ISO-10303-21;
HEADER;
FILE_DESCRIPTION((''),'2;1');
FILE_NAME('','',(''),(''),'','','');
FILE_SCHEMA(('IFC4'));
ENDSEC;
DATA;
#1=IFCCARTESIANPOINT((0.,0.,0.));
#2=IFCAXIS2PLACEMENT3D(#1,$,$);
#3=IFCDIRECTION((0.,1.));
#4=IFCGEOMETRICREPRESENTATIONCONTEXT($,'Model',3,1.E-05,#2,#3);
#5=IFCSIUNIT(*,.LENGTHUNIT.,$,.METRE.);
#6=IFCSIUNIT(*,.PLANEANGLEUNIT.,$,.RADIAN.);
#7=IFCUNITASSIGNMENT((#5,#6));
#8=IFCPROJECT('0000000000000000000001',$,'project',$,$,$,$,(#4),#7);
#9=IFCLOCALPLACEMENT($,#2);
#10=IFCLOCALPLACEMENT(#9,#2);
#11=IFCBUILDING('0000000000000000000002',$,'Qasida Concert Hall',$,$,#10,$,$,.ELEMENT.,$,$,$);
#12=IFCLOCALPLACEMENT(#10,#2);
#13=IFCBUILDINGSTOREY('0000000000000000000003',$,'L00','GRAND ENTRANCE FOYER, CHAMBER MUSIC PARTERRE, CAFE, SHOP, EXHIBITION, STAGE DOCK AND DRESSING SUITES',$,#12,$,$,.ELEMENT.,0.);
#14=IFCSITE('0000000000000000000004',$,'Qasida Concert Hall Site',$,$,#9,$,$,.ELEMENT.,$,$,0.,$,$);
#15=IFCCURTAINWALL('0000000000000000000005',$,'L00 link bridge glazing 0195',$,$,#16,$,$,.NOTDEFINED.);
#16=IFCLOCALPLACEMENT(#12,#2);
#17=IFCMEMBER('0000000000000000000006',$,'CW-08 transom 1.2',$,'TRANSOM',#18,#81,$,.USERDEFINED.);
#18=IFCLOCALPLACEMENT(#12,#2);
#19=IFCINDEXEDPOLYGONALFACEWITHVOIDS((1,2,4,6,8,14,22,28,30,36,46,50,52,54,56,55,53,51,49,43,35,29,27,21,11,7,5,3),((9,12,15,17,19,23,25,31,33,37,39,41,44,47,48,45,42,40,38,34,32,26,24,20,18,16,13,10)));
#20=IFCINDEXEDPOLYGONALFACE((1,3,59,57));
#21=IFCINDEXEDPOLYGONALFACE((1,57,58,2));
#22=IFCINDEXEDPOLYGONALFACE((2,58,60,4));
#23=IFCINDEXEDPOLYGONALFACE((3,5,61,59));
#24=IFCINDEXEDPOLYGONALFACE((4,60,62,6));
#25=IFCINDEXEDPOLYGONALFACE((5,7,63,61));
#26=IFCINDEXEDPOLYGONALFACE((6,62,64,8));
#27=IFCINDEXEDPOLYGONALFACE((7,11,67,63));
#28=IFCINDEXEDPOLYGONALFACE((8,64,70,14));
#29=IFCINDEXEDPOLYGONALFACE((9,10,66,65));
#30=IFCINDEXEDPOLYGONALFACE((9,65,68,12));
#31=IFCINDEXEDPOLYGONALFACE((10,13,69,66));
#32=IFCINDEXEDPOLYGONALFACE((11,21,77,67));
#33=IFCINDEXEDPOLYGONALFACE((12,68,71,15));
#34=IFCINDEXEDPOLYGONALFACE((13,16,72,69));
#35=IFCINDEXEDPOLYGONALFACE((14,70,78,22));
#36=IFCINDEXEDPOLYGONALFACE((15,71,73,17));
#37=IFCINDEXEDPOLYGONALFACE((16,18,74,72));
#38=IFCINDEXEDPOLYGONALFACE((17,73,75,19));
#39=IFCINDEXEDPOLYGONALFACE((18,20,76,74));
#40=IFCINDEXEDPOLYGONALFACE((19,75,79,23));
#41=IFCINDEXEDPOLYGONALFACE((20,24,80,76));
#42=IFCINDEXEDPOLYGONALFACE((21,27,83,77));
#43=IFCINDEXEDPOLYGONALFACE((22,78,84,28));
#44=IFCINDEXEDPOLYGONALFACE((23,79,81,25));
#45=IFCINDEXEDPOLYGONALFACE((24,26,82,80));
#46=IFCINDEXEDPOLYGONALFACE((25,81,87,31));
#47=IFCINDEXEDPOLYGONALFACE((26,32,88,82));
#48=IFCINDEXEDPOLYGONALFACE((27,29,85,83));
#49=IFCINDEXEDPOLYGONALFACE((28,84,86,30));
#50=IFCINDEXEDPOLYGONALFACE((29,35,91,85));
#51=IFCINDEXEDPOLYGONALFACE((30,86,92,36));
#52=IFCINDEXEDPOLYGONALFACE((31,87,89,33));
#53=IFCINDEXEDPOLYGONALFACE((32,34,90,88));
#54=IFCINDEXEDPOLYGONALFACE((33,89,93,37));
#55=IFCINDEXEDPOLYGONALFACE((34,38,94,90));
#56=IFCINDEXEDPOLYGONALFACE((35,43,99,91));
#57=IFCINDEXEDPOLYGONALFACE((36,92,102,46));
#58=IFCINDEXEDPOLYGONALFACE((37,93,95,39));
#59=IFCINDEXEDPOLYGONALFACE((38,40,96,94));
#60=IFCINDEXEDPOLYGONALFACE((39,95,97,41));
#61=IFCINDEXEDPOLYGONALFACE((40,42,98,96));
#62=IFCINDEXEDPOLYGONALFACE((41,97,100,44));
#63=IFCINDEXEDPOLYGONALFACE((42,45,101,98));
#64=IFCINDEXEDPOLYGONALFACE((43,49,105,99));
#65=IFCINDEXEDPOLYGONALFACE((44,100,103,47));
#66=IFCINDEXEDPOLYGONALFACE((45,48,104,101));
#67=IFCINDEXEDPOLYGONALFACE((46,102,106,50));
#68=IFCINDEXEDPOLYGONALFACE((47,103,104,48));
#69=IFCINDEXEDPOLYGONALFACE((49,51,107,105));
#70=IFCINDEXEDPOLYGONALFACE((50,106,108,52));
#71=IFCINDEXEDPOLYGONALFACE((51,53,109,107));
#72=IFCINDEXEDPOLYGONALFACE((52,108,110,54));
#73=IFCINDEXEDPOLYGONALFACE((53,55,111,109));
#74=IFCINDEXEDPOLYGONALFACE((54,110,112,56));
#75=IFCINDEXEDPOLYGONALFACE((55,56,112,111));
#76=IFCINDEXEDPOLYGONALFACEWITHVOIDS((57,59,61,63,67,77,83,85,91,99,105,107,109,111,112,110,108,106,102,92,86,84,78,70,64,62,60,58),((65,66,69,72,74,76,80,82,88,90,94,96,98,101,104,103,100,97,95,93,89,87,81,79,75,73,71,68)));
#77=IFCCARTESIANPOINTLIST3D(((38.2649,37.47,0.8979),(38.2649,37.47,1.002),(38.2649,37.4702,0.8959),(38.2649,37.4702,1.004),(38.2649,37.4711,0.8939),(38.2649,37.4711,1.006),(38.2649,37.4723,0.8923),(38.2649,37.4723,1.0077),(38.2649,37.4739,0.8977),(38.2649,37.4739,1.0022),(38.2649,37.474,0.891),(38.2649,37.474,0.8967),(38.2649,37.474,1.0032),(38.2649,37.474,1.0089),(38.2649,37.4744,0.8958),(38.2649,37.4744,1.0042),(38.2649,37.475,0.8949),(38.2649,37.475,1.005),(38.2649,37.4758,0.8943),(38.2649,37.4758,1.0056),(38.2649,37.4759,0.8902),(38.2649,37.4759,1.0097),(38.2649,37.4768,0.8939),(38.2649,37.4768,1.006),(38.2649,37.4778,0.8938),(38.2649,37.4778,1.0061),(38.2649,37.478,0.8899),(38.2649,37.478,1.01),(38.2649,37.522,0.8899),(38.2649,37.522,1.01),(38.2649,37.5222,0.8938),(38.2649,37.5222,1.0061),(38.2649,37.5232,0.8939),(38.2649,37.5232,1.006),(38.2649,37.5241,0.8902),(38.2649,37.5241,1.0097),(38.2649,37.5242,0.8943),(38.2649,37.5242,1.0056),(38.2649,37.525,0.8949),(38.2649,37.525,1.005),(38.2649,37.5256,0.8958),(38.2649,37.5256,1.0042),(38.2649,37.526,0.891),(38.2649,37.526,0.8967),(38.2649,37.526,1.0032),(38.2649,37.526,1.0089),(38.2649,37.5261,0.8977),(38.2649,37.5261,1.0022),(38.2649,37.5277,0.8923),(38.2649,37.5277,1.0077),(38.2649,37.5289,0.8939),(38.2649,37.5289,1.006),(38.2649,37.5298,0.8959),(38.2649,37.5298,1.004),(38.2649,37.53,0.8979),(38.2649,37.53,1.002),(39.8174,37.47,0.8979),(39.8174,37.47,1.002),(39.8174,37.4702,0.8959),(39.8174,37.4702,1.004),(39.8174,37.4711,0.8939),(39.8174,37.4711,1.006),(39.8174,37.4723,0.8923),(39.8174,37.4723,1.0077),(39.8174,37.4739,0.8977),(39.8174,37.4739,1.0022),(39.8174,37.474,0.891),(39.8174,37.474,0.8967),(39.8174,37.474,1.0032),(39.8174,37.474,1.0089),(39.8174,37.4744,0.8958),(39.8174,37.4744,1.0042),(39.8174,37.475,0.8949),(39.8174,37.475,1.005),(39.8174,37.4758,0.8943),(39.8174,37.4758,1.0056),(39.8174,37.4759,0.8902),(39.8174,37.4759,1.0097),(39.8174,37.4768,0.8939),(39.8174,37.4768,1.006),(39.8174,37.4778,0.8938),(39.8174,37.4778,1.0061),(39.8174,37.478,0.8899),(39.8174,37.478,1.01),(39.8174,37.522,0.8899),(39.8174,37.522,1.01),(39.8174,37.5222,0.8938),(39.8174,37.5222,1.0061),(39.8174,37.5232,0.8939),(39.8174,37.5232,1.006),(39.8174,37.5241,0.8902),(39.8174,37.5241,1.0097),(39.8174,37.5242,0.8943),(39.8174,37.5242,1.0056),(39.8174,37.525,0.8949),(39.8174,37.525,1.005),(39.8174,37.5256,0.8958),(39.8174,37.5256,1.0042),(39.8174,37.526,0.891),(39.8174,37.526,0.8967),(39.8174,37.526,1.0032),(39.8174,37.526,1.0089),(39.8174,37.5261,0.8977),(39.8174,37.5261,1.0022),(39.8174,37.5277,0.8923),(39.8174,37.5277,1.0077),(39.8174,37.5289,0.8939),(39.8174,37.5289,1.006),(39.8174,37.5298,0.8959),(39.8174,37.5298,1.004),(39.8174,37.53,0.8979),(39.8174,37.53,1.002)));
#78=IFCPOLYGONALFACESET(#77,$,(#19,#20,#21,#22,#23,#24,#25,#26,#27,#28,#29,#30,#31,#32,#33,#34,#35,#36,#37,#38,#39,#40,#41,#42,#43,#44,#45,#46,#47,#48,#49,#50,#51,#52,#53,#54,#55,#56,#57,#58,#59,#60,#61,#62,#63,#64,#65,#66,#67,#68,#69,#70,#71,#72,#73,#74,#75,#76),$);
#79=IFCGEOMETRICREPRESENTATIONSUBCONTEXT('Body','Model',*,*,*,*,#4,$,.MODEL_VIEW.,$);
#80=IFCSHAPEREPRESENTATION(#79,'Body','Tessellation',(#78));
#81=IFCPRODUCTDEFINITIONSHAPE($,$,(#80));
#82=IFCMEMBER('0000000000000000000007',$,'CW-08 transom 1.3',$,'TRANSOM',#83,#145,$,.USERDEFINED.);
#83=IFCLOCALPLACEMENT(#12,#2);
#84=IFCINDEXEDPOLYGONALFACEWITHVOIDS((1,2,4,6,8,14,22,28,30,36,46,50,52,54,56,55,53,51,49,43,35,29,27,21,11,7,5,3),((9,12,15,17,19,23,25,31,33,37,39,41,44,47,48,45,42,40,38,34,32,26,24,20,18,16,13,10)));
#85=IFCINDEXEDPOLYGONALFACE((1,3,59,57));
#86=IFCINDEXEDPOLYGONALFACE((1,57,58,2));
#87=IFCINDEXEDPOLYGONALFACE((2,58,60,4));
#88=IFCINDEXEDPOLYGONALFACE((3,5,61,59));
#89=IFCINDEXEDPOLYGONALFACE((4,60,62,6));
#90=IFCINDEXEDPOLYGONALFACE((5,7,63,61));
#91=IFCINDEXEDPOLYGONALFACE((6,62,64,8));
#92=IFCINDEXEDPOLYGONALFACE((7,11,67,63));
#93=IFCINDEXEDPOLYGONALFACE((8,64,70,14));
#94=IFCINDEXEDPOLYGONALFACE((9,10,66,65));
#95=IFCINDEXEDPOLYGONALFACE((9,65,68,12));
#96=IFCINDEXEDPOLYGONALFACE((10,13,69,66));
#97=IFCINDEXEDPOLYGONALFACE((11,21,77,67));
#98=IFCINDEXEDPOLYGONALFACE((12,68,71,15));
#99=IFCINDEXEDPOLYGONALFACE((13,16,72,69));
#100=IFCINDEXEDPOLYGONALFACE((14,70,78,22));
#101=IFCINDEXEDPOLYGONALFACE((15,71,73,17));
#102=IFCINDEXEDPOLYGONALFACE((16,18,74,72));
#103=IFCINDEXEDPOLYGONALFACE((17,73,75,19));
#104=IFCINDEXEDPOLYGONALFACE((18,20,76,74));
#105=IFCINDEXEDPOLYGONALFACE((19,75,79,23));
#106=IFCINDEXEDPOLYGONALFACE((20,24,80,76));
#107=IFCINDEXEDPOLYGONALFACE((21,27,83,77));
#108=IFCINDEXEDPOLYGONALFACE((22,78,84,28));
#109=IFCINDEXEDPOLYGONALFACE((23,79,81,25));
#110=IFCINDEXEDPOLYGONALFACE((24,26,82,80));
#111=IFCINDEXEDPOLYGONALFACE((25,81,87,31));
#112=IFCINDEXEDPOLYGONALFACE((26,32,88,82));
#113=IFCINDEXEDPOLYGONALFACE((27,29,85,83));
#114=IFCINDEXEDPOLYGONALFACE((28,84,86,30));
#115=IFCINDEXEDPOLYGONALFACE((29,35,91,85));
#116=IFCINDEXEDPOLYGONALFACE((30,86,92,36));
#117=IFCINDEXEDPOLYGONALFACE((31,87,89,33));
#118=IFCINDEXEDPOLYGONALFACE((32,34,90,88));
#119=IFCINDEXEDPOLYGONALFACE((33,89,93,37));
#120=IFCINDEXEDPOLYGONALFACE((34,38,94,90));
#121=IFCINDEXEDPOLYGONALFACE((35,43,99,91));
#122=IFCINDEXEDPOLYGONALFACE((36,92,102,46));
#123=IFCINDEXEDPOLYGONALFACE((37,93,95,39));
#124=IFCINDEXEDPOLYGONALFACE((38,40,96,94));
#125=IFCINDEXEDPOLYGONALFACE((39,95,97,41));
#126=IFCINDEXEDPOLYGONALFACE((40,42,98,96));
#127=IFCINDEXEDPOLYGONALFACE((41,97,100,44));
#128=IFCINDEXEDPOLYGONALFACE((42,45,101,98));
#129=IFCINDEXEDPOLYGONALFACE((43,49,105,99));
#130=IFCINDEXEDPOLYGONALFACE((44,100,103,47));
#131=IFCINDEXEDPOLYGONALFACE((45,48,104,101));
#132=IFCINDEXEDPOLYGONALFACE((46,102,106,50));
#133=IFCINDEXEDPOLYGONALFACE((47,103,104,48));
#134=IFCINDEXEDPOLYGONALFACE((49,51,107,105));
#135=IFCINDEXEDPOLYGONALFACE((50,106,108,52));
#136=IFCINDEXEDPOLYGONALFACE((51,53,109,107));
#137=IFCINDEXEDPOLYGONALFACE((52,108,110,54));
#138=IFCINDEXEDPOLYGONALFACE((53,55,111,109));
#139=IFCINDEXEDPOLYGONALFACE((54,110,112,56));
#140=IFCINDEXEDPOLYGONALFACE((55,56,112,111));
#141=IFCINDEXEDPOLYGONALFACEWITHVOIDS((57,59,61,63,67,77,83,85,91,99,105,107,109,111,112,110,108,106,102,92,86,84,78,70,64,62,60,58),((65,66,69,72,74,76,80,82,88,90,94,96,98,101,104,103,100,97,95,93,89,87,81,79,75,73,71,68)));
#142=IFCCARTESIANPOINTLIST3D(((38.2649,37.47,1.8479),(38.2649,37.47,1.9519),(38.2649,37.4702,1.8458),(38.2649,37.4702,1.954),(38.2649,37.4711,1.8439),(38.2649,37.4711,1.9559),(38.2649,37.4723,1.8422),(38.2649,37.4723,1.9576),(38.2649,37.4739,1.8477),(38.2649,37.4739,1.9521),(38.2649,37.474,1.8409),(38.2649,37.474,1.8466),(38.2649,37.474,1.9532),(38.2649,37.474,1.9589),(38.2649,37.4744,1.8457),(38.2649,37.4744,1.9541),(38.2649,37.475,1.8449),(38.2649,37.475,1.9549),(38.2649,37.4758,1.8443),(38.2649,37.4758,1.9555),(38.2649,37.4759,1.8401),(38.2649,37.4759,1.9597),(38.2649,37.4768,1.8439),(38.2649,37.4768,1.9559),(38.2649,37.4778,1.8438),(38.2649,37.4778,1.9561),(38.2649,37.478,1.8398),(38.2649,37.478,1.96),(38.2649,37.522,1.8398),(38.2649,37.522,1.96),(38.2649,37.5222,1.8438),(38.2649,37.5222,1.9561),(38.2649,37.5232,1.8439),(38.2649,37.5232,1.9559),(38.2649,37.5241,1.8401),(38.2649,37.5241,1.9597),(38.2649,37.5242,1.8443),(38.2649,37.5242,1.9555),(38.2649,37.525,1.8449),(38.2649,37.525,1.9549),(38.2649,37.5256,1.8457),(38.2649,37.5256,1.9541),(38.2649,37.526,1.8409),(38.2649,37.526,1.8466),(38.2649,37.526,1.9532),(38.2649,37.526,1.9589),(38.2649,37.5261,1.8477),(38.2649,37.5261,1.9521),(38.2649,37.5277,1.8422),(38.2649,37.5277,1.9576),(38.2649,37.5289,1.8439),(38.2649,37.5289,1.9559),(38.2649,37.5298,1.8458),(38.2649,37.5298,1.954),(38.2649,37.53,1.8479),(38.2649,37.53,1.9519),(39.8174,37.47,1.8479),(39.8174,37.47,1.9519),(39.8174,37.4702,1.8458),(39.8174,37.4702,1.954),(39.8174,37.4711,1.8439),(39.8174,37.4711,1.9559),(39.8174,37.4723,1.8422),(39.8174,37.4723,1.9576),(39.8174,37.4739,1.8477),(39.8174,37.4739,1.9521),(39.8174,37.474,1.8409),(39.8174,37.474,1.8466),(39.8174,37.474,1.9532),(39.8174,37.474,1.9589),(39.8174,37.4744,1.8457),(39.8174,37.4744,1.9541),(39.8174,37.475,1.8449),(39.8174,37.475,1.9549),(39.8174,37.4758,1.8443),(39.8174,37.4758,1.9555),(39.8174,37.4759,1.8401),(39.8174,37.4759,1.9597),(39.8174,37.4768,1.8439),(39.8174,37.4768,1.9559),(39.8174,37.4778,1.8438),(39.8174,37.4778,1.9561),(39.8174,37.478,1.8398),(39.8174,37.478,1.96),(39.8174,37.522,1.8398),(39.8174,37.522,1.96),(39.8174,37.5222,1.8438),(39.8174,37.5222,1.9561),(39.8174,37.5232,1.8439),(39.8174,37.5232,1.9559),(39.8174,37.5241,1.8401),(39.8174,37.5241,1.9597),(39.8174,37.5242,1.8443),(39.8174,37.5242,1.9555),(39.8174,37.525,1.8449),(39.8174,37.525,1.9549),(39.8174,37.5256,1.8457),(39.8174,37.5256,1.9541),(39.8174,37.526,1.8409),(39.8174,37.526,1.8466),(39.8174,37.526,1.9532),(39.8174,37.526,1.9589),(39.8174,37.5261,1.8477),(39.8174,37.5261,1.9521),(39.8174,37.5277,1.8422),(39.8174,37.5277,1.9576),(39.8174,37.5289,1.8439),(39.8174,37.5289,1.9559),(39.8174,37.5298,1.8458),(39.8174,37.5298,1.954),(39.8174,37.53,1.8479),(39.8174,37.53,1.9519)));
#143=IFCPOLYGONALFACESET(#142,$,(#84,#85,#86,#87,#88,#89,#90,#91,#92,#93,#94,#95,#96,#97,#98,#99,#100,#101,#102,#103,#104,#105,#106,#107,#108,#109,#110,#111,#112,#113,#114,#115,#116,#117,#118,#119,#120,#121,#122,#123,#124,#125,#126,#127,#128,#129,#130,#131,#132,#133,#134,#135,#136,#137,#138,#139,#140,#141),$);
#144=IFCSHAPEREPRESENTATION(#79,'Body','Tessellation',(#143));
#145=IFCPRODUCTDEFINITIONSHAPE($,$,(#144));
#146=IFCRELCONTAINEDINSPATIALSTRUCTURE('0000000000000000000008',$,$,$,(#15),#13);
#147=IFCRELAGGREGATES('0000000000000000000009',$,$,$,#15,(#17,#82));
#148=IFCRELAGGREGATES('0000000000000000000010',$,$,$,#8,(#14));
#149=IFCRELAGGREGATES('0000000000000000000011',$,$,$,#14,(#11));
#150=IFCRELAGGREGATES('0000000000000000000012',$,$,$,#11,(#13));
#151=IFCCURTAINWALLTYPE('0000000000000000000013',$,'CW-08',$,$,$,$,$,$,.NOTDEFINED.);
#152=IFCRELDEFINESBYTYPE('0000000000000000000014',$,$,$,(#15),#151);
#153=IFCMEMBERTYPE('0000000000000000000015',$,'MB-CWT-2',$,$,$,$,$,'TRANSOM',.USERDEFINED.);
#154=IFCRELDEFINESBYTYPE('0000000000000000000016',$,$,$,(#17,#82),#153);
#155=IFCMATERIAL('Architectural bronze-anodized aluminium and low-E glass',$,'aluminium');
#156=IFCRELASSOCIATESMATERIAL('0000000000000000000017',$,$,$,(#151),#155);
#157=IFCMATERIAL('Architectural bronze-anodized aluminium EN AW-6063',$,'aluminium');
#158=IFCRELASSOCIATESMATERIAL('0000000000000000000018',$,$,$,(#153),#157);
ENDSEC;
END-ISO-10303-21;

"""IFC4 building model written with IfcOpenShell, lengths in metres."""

from ifc_helpers import new_model, si_unit, direction, frame, origin, origin_2d, place, context, subcontext, project, spatial, hollow_rectangle, extrude, material, material_profile, profile_set, type_object, element, aggregate, save


model = new_model("IFC4")

# Units and contexts
model_context = context("Model", 3, precision=1e-05, world=origin(), true_north=direction((0.0, 1.0)))
body_context = subcontext(model_context, "Body", "Model", "MODEL_VIEW")
ifc_project = project(units=[si_unit("LENGTHUNIT", "METRE"), si_unit("PLANEANGLEUNIT", "RADIAN")], contexts=[model_context])

# Site, building, storey
site_placement = place(None, origin())
site = spatial("IfcSite", under=ifc_project, at=site_placement, Name="Qasida Concert Hall Site", CompositionType="ELEMENT", RefElevation=0.0)
building_placement = place(site_placement, origin())
building = spatial("IfcBuilding", under=site, at=building_placement, Name="Qasida Concert Hall", CompositionType="ELEMENT")
storey_placement = place(building_placement, origin())
storey = spatial("IfcBuildingStorey", under=building, at=storey_placement, Name="L00", Description="GRAND ENTRANCE FOYER, CHAMBER MUSIC PARTERRE, CAFE, SHOP, EXHIBITION, STAGE DOCK AND DRESSING SUITES", CompositionType="ELEMENT", Elevation=0.0)

# Shared definitions
ifc_material_1 = material(Name="Architectural bronze-anodized aluminium and low-E glass", Category="aluminium")
ifc_material_2 = material(Name="Architectural bronze-anodized aluminium EN AW-6063", Category="aluminium")

# Curtain wall
curtain_wall_type_1 = type_object("IfcCurtainWallType", Name="CW-08", PredefinedType="NOTDEFINED", material=ifc_material_1)
curtain_wall_1_placement = place(storey_placement, origin())
curtain_wall_1 = element("IfcCurtainWall", 1, at=curtain_wall_1_placement, inside=storey, type_object=curtain_wall_type_1, Name="L00 link bridge glazing 0195", PredefinedType="NOTDEFINED")

# Members
ifc_material_profile_1 = material_profile(ifc_material_2, hollow_rectangle(XDim=0.0601, YDim=0.1201, WallThickness=0.0039, InnerFilletRadius=0.0039, OuterFilletRadius=0.0081, at=origin_2d()), Name="CWT 120x60x4")
ifc_profile_set_1 = profile_set([ifc_material_profile_1], Name="Architectural bronze-anodized aluminium EN AW-6063")
member_type_1 = type_object("IfcMemberType", Name="MB-CWT-2", ElementType="TRANSOM", PredefinedType="USERDEFINED", material=ifc_profile_set_1)
member_1_placement = place(storey_placement, frame((38.2649, 37.5, 0.95), z_axis=(1.0, 0.0, 0.0), x_axis=(0.0, 1.0, 0.0)))
member_1 = element("IfcMember", 2, at=member_1_placement, type_object=member_type_1, Name="CW-08 transom 1.2", ObjectType="TRANSOM", PredefinedType="USERDEFINED", context=body_context, shape_type="SweptSolid", body=[
    extrude(hollow_rectangle(XDim=0.0601, YDim=0.1201, WallThickness=0.0039, InnerFilletRadius=0.0039, OuterFilletRadius=0.0081, at=origin_2d()), origin(), (0.0, 0.0, 1.0), 1.5525),
])
member_2_placement = place(storey_placement, frame((38.2649, 37.5, 1.8999), z_axis=(1.0, 0.0, 0.0), x_axis=(0.0, 1.0, 0.0)))
member_2 = element("IfcMember", 3, at=member_2_placement, type_object=member_type_1, Name="CW-08 transom 1.3", ObjectType="TRANSOM", PredefinedType="USERDEFINED", context=body_context, shape_type="SweptSolid", body=[
    extrude(hollow_rectangle(XDim=0.0601, YDim=0.1201, WallThickness=0.0039, InnerFilletRadius=0.0039, OuterFilletRadius=0.0081, at=origin_2d()), origin(), (0.0, 0.0, 1.0), 1.5525),
])

aggregate(curtain_wall_1, [member_1, member_2])

save(model, "model.ifc")
